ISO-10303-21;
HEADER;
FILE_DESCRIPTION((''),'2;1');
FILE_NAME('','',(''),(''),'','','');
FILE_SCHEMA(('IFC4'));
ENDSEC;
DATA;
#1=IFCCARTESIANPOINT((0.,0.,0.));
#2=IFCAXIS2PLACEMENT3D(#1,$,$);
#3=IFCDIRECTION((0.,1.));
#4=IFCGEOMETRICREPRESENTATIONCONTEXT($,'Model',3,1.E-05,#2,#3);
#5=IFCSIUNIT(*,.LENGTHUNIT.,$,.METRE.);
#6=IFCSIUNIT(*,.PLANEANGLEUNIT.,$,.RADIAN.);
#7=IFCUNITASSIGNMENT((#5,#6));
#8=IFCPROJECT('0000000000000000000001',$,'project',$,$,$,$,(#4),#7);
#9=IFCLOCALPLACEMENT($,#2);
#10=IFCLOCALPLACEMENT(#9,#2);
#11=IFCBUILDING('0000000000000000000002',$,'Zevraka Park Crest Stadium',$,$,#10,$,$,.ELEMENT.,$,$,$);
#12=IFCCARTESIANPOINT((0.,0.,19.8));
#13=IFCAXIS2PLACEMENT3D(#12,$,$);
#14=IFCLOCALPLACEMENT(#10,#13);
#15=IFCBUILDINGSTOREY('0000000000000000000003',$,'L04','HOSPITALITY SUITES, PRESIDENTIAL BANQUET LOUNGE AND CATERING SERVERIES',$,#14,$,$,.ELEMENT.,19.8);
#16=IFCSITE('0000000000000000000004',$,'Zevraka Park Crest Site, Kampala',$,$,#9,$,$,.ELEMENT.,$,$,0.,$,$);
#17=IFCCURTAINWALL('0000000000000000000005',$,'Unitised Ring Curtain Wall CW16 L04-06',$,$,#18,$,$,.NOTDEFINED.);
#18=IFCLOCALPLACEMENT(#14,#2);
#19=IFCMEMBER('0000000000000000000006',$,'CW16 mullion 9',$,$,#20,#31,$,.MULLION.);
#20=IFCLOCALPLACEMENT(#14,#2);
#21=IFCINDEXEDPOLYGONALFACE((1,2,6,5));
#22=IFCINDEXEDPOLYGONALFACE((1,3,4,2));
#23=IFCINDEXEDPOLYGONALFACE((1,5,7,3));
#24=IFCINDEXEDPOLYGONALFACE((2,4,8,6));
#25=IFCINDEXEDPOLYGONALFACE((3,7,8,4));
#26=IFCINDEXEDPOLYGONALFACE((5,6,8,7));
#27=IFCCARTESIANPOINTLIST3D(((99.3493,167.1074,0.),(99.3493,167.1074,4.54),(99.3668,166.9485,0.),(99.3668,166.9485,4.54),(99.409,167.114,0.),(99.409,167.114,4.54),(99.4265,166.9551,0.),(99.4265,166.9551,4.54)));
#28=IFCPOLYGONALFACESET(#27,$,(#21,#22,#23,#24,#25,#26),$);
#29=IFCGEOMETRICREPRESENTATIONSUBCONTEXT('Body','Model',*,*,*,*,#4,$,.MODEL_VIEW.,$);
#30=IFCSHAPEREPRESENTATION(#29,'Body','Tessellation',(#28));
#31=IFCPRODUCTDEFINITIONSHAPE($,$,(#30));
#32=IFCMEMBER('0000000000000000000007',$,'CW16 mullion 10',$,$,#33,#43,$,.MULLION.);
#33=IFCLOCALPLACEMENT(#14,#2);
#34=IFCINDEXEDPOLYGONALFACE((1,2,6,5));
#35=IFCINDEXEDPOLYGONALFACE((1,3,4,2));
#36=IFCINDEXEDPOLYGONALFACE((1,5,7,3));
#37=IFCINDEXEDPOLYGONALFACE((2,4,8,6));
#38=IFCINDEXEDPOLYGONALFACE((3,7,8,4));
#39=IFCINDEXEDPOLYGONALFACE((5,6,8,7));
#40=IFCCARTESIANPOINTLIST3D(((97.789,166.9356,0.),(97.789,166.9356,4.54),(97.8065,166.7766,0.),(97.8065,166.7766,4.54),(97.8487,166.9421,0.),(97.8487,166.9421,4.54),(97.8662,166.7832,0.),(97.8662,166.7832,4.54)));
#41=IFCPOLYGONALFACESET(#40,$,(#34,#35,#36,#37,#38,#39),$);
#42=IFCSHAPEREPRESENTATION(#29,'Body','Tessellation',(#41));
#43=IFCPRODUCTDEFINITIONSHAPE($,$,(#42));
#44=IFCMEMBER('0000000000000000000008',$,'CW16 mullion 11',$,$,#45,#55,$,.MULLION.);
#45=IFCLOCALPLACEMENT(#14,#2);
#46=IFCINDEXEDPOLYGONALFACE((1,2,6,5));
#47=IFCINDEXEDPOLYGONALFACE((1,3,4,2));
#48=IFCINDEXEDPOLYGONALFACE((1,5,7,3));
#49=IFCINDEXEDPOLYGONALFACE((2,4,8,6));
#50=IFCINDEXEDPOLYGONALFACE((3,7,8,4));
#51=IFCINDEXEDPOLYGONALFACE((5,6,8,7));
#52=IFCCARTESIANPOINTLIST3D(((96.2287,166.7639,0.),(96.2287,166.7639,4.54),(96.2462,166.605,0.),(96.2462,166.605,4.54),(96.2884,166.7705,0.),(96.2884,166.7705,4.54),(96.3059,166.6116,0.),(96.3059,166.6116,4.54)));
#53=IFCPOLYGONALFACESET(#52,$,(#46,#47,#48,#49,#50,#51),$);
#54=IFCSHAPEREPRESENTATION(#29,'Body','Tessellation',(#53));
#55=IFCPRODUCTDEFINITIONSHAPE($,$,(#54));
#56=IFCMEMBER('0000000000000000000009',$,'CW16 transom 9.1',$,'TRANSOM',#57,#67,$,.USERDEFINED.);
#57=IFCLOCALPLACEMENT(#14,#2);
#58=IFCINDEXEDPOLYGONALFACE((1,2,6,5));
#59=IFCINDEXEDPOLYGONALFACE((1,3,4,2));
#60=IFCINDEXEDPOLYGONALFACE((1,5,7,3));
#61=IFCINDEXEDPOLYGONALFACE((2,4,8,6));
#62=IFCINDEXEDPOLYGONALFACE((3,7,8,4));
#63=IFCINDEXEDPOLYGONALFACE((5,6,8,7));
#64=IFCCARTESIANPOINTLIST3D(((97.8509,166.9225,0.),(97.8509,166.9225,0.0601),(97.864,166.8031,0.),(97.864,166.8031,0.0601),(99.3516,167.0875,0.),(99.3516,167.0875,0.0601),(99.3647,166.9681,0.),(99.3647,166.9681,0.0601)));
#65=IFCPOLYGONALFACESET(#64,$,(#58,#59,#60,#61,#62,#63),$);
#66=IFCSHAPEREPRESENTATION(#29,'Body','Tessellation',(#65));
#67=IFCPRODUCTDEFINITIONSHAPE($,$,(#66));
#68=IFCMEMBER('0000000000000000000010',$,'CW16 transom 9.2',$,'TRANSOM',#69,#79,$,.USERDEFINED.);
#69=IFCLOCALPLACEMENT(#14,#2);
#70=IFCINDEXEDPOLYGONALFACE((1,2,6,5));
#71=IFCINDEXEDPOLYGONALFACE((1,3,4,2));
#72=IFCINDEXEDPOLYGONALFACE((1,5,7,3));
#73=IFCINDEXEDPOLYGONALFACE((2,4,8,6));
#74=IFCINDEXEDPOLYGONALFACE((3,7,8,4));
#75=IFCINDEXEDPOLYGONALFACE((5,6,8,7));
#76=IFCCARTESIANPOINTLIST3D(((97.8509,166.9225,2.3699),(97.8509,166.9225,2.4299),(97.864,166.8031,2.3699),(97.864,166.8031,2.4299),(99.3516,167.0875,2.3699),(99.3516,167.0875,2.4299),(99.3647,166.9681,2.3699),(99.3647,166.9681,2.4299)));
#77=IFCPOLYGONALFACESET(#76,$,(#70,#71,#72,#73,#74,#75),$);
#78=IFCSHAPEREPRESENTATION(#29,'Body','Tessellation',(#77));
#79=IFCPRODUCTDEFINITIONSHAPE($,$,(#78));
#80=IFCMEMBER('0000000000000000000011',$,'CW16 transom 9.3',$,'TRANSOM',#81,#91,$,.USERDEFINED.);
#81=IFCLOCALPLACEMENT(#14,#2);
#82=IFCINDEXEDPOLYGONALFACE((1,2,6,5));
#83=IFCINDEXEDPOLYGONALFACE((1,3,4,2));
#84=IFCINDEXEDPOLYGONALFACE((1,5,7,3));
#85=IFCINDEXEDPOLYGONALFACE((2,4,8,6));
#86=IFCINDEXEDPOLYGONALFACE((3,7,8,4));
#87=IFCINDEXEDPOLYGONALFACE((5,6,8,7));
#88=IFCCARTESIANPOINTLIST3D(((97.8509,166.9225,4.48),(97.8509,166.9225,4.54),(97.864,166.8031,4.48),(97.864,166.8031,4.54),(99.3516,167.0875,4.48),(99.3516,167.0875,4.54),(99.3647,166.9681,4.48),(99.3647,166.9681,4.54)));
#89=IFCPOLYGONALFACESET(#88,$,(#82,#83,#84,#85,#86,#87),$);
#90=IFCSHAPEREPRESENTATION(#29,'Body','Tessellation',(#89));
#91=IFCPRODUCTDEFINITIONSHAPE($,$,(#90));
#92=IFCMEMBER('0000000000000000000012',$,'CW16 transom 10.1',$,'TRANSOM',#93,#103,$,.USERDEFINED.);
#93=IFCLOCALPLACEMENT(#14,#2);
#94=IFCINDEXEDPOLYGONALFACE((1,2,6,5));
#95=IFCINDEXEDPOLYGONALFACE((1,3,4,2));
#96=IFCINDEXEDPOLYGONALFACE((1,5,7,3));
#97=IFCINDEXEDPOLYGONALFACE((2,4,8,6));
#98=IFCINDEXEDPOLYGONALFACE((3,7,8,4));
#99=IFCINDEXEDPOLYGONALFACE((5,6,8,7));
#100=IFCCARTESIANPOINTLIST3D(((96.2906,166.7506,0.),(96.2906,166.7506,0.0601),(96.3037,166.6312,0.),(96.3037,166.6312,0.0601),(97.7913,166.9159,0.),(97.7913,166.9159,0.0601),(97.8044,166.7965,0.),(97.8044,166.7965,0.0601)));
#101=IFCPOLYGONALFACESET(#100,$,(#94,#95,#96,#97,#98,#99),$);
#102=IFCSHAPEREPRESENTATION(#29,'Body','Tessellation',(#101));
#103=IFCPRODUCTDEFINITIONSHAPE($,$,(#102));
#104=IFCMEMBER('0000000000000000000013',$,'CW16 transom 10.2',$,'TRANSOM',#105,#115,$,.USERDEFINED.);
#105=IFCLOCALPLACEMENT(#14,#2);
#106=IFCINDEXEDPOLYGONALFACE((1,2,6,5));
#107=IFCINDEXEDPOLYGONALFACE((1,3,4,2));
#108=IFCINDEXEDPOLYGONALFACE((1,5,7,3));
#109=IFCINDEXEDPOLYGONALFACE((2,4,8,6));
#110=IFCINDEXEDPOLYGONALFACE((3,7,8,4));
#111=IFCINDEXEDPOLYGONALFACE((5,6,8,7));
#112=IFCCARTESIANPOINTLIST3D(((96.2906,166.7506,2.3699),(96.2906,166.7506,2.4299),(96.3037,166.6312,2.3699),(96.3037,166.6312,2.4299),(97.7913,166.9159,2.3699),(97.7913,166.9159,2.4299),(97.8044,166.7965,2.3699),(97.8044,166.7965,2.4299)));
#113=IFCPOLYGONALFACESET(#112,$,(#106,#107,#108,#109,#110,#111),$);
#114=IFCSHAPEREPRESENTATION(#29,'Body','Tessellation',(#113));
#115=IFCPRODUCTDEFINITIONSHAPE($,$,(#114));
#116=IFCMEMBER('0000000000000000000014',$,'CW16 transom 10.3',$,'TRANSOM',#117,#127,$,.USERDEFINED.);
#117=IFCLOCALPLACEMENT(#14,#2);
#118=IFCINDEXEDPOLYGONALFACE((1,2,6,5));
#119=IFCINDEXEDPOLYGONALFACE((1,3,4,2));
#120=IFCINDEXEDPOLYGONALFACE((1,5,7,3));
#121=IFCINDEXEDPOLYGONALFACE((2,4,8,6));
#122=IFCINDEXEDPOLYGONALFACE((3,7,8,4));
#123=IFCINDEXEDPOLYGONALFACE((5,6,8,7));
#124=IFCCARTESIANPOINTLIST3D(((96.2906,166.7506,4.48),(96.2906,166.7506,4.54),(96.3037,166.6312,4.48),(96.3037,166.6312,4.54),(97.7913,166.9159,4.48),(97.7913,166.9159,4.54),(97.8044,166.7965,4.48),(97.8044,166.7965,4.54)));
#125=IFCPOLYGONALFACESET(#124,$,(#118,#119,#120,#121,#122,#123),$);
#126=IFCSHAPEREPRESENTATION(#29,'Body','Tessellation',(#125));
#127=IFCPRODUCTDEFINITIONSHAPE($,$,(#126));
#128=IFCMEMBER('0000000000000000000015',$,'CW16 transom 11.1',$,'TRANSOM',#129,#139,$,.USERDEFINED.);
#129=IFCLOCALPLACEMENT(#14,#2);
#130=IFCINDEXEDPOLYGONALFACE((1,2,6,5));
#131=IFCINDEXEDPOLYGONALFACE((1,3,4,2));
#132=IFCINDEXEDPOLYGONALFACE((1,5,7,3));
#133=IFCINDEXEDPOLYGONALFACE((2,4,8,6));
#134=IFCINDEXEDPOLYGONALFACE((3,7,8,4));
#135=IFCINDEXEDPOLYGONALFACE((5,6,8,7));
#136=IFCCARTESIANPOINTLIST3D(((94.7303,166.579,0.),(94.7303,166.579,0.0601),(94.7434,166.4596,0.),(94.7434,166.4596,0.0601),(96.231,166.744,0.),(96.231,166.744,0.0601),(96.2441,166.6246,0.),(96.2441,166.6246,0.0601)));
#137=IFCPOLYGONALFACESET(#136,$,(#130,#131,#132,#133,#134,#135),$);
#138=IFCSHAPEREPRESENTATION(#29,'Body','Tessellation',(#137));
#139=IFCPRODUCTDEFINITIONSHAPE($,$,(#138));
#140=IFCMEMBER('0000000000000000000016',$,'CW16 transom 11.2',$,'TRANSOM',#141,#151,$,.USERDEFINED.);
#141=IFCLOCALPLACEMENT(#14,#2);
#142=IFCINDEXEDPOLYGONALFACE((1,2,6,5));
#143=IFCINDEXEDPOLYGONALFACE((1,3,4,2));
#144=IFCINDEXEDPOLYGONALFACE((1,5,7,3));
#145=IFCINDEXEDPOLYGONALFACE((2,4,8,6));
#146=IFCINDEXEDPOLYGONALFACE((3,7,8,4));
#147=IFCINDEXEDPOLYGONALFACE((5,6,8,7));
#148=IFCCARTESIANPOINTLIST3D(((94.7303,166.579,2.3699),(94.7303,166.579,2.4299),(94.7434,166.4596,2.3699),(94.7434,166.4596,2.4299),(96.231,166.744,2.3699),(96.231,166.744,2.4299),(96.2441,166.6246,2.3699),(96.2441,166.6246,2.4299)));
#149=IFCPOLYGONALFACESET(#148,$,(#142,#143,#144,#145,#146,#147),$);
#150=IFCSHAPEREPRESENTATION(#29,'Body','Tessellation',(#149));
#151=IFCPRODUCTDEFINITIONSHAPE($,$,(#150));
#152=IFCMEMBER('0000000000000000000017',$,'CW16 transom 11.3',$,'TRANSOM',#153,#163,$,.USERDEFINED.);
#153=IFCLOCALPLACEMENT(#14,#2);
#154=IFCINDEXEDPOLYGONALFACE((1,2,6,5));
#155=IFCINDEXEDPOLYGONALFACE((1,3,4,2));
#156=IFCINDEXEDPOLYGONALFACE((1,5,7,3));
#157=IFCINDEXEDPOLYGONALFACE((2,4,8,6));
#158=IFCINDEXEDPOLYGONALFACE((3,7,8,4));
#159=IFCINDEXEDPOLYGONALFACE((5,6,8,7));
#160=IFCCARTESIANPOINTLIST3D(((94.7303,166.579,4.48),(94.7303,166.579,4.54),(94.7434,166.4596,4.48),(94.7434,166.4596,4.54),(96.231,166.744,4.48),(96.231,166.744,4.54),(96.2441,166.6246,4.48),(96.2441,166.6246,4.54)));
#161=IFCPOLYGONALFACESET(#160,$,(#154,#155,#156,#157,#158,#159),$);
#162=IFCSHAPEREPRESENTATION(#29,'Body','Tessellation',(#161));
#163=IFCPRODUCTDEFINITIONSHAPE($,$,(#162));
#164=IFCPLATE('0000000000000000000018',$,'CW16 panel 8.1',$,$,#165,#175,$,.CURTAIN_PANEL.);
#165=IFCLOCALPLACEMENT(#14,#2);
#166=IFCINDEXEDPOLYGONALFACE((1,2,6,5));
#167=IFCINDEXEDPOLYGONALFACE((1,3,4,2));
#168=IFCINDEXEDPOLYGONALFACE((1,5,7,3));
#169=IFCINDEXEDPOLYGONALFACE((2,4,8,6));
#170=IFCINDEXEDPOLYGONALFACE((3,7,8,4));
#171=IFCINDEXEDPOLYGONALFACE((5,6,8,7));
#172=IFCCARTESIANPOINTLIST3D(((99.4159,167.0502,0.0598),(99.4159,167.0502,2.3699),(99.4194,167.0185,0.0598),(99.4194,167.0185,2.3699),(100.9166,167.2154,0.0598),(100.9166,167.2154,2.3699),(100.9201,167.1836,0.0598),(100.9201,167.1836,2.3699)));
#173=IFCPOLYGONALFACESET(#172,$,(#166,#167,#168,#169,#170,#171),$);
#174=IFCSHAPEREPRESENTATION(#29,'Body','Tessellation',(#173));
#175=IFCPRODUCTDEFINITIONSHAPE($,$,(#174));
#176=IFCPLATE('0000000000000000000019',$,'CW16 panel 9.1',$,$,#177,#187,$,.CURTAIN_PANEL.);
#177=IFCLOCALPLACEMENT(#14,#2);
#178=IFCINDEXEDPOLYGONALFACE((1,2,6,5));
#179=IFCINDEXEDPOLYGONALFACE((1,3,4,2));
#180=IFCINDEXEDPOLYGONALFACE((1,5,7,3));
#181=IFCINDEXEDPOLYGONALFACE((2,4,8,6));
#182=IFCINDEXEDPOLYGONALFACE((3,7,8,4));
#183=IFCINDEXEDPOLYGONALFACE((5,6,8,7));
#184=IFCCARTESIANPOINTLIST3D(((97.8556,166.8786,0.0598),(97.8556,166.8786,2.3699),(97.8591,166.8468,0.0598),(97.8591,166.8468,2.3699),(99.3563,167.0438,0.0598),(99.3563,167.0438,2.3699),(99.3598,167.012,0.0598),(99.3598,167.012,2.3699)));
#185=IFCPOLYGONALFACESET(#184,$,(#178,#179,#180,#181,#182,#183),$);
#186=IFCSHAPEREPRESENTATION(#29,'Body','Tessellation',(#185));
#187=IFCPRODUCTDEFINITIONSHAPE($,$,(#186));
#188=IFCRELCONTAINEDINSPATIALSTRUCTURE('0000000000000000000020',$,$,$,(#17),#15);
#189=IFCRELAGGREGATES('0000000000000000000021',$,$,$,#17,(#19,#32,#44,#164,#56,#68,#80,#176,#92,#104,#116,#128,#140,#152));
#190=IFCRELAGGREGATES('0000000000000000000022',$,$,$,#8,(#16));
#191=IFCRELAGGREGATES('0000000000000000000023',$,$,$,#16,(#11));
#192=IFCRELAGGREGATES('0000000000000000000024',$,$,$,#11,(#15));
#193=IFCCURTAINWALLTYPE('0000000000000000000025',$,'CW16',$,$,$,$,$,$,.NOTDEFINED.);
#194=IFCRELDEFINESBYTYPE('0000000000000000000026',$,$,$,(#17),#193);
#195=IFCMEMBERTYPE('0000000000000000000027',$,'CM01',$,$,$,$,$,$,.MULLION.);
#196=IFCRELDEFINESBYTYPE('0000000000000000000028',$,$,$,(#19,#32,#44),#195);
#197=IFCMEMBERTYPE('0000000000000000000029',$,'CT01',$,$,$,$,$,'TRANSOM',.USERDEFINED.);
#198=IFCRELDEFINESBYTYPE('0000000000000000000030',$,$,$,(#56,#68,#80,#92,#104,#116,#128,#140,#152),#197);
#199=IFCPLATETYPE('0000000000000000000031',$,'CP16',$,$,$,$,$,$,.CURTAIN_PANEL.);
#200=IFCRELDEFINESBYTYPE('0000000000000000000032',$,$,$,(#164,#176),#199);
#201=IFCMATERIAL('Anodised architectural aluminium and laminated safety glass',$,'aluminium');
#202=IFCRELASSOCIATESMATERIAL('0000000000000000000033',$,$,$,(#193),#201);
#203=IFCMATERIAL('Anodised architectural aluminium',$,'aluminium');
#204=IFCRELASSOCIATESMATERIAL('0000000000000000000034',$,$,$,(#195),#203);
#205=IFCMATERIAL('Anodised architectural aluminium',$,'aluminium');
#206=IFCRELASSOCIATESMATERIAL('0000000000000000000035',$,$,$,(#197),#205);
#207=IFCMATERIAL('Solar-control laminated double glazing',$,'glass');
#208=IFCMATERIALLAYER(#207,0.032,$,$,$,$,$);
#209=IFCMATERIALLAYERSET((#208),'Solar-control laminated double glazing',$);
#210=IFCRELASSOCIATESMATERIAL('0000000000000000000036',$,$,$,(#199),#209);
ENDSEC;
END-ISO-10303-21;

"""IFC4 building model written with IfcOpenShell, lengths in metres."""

from ifc_helpers import new_model, si_unit, direction, frame, origin, origin_2d, place, context, subcontext, project, spatial, rectangle, extrude, material, layer, layer_set, material_profile, profile_set, type_object, element, aggregate, save


model = new_model("IFC4")

# Units and contexts
model_context = context("Model", 3, precision=1e-05, world=origin(), true_north=direction((0.0, 1.0)))
body_context = subcontext(model_context, "Body", "Model", "MODEL_VIEW")
ifc_project = project(units=[si_unit("LENGTHUNIT", "METRE"), si_unit("PLANEANGLEUNIT", "RADIAN")], contexts=[model_context])

# Site, building, storey
site_placement = place(None, origin())
site = spatial("IfcSite", under=ifc_project, at=site_placement, Name="Zevraka Park Crest Site, Kampala", CompositionType="ELEMENT", RefElevation=0.0)
building_placement = place(site_placement, origin())
building = spatial("IfcBuilding", under=site, at=building_placement, Name="Zevraka Park Crest Stadium", CompositionType="ELEMENT")
storey_placement = place(building_placement, frame((0.0, 0.0, 19.8)))
storey = spatial("IfcBuildingStorey", under=building, at=storey_placement, Name="L04", Description="HOSPITALITY SUITES, PRESIDENTIAL BANQUET LOUNGE AND CATERING SERVERIES", CompositionType="ELEMENT", Elevation=19.8)

# Curtain wall, members, plates
ifc_material_1 = material(Name="Anodised architectural aluminium and laminated safety glass", Category="aluminium")
curtain_wall_type = type_object("IfcCurtainWallType", Name="CW16", PredefinedType="NOTDEFINED", material=ifc_material_1)
curtain_wall_placement = place(storey_placement, origin())
curtain_wall = element("IfcCurtainWall", 1, at=curtain_wall_placement, inside=storey, type_object=curtain_wall_type, Name="Unitised Ring Curtain Wall CW16 L04-06", PredefinedType="NOTDEFINED")
ifc_material_2 = material(Name="Anodised architectural aluminium", Category="aluminium")
ifc_material_profile_1 = material_profile(ifc_material_2, rectangle(XDim=0.1599, YDim=0.0601, at=origin_2d()), Name="ALU MULLION 160x60")
ifc_profile_set_1 = profile_set([ifc_material_profile_1], Name="Anodised architectural aluminium")
member_type_1 = type_object("IfcMemberType", Name="CM01", PredefinedType="MULLION", material=ifc_profile_set_1)
member_1_placement = place(storey_placement, frame((99.3879, 167.0312, 0.0), z_axis=(0.0, 0.0, 1.0), x_axis=(0.109406, -0.993997, 0.0)))
member_1 = element("IfcMember", 2, at=member_1_placement, type_object=member_type_1, Name="CW16 mullion 9", PredefinedType="MULLION", context=body_context, shape_type="SweptSolid", body=[
    extrude(rectangle(XDim=0.1599, YDim=0.0601, at=origin_2d()), origin(), (0.0, 0.0, 1.0), 4.54),
])
member_2_placement = place(storey_placement, frame((97.8276, 166.8594, 0.0), z_axis=(0.0, 0.0, 1.0), x_axis=(0.109406, -0.993997, 0.0)))
member_2 = element("IfcMember", 3, at=member_2_placement, type_object=member_type_1, Name="CW16 mullion 10", PredefinedType="MULLION", context=body_context, shape_type="SweptSolid", body=[
    extrude(rectangle(XDim=0.1599, YDim=0.0601, at=origin_2d()), origin(), (0.0, 0.0, 1.0), 4.54),
])
member_3_placement = place(storey_placement, frame((96.2673, 166.6877, 0.0), z_axis=(0.0, 0.0, 1.0), x_axis=(0.109406, -0.993997, 0.0)))
member_3 = element("IfcMember", 4, at=member_3_placement, type_object=member_type_1, Name="CW16 mullion 11", PredefinedType="MULLION", context=body_context, shape_type="SweptSolid", body=[
    extrude(rectangle(XDim=0.1599, YDim=0.0601, at=origin_2d()), origin(), (0.0, 0.0, 1.0), 4.54),
])
ifc_material_3 = material(Name="Anodised architectural aluminium", Category="aluminium")
ifc_material_profile_2 = material_profile(ifc_material_3, rectangle(XDim=0.1201, YDim=0.0601, at=origin_2d()), Name="ALU TRANSOM 120x60")
ifc_profile_set_2 = profile_set([ifc_material_profile_2], Name="Anodised architectural aluminium")
member_type_2 = type_object("IfcMemberType", Name="CT01", ElementType="TRANSOM", PredefinedType="USERDEFINED", material=ifc_profile_set_2)
member_4_placement = place(storey_placement, frame((99.3582, 167.0278, 0.03), z_axis=(-0.994007, -0.109313, 0.0), x_axis=(0.109313, -0.994007, 0.0)))
member_4 = element("IfcMember", 5, at=member_4_placement, type_object=member_type_2, Name="CW16 transom 9.1", ObjectType="TRANSOM", PredefinedType="USERDEFINED", context=body_context, shape_type="SweptSolid", body=[
    extrude(rectangle(XDim=0.1201, YDim=0.0601, at=origin_2d()), origin(), (0.0, 0.0, 1.0), 1.5098),
])
member_5_placement = place(storey_placement, frame((99.3582, 167.0278, 2.3999), z_axis=(-0.994007, -0.109313, 0.0), x_axis=(0.109313, -0.994007, 0.0)))
member_5 = element("IfcMember", 6, at=member_5_placement, type_object=member_type_2, Name="CW16 transom 9.2", ObjectType="TRANSOM", PredefinedType="USERDEFINED", context=body_context, shape_type="SweptSolid", body=[
    extrude(rectangle(XDim=0.1201, YDim=0.0601, at=origin_2d()), origin(), (0.0, 0.0, 1.0), 1.5098),
])
member_6_placement = place(storey_placement, frame((99.3582, 167.0278, 4.51), z_axis=(-0.994007, -0.109313, 0.0), x_axis=(0.109313, -0.994007, 0.0)))
member_6 = element("IfcMember", 7, at=member_6_placement, type_object=member_type_2, Name="CW16 transom 9.3", ObjectType="TRANSOM", PredefinedType="USERDEFINED", context=body_context, shape_type="SweptSolid", body=[
    extrude(rectangle(XDim=0.1201, YDim=0.0601, at=origin_2d()), origin(), (0.0, 0.0, 1.0), 1.5098),
])
member_7_placement = place(storey_placement, frame((97.7979, 166.8562, 0.03), z_axis=(-0.99399, -0.109473, 0.0), x_axis=(0.109473, -0.99399, 0.0)))
member_7 = element("IfcMember", 8, at=member_7_placement, type_object=member_type_2, Name="CW16 transom 10.1", ObjectType="TRANSOM", PredefinedType="USERDEFINED", context=body_context, shape_type="SweptSolid", body=[
    extrude(rectangle(XDim=0.1201, YDim=0.0601, at=origin_2d()), origin(), (0.0, 0.0, 1.0), 1.5098),
])
member_8_placement = place(storey_placement, frame((97.7979, 166.8562, 2.3999), z_axis=(-0.99399, -0.109473, 0.0), x_axis=(0.109473, -0.99399, 0.0)))
member_8 = element("IfcMember", 9, at=member_8_placement, type_object=member_type_2, Name="CW16 transom 10.2", ObjectType="TRANSOM", PredefinedType="USERDEFINED", context=body_context, shape_type="SweptSolid", body=[
    extrude(rectangle(XDim=0.1201, YDim=0.0601, at=origin_2d()), origin(), (0.0, 0.0, 1.0), 1.5098),
])
member_9_placement = place(storey_placement, frame((97.7979, 166.8562, 4.51), z_axis=(-0.99399, -0.109473, 0.0), x_axis=(0.109473, -0.99399, 0.0)))
member_9 = element("IfcMember", 10, at=member_9_placement, type_object=member_type_2, Name="CW16 transom 10.3", ObjectType="TRANSOM", PredefinedType="USERDEFINED", context=body_context, shape_type="SweptSolid", body=[
    extrude(rectangle(XDim=0.1201, YDim=0.0601, at=origin_2d()), origin(), (0.0, 0.0, 1.0), 1.5098),
])
member_10_placement = place(storey_placement, frame((96.2375, 166.6843, 0.03), z_axis=(-0.994007, -0.109313, 0.0), x_axis=(0.109313, -0.994007, 0.0)))
member_10 = element("IfcMember", 11, at=member_10_placement, type_object=member_type_2, Name="CW16 transom 11.1", ObjectType="TRANSOM", PredefinedType="USERDEFINED", context=body_context, shape_type="SweptSolid", body=[
    extrude(rectangle(XDim=0.1201, YDim=0.0601, at=origin_2d()), origin(), (0.0, 0.0, 1.0), 1.5098),
])
member_11_placement = place(storey_placement, frame((96.2375, 166.6843, 2.3999), z_axis=(-0.994007, -0.109313, 0.0), x_axis=(0.109313, -0.994007, 0.0)))
member_11 = element("IfcMember", 12, at=member_11_placement, type_object=member_type_2, Name="CW16 transom 11.2", ObjectType="TRANSOM", PredefinedType="USERDEFINED", context=body_context, shape_type="SweptSolid", body=[
    extrude(rectangle(XDim=0.1201, YDim=0.0601, at=origin_2d()), origin(), (0.0, 0.0, 1.0), 1.5098),
])
member_12_placement = place(storey_placement, frame((96.2375, 166.6843, 4.51), z_axis=(-0.994007, -0.109313, 0.0), x_axis=(0.109313, -0.994007, 0.0)))
member_12 = element("IfcMember", 13, at=member_12_placement, type_object=member_type_2, Name="CW16 transom 11.3", ObjectType="TRANSOM", PredefinedType="USERDEFINED", context=body_context, shape_type="SweptSolid", body=[
    extrude(rectangle(XDim=0.1201, YDim=0.0601, at=origin_2d()), origin(), (0.0, 0.0, 1.0), 1.5098),
])
ifc_material_4 = material(Name="Solar-control laminated double glazing", Category="glass")
ifc_layer_1 = layer(ifc_material_4, 0.032)
ifc_layer_set_1 = layer_set([ifc_layer_1], Name="Solar-control laminated double glazing")
plate_type = type_object("IfcPlateType", Name="CP16", PredefinedType="CURTAIN_PANEL", material=ifc_layer_set_1)
plate_1_placement = place(storey_placement, frame((100.168, 167.1169, 0.0598), z_axis=(0.0, 0.0, 1.0), x_axis=(-0.993997, -0.109406, 0.0)))
plate_1 = element("IfcPlate", 14, at=plate_1_placement, type_object=plate_type, Name="CW16 panel 8.1", PredefinedType="CURTAIN_PANEL", context=body_context, shape_type="SweptSolid", body=[
    extrude(rectangle(XDim=1.5098, YDim=0.032, at=origin_2d()), origin(), (0.0, 0.0, 1.0), 2.3101),
])
plate_2_placement = place(storey_placement, frame((98.6077, 166.9453, 0.0598), z_axis=(0.0, 0.0, 1.0), x_axis=(-0.993997, -0.109406, 0.0)))
plate_2 = element("IfcPlate", 15, at=plate_2_placement, type_object=plate_type, Name="CW16 panel 9.1", PredefinedType="CURTAIN_PANEL", context=body_context, shape_type="SweptSolid", body=[
    extrude(rectangle(XDim=1.5098, YDim=0.032, at=origin_2d()), origin(), (0.0, 0.0, 1.0), 2.3101),
])
aggregate(curtain_wall, [member_1, member_2, member_3, plate_1, member_4, member_5, member_6, plate_2, member_7, member_8, member_9, member_10, member_11, member_12])

save(model, "model.ifc")
